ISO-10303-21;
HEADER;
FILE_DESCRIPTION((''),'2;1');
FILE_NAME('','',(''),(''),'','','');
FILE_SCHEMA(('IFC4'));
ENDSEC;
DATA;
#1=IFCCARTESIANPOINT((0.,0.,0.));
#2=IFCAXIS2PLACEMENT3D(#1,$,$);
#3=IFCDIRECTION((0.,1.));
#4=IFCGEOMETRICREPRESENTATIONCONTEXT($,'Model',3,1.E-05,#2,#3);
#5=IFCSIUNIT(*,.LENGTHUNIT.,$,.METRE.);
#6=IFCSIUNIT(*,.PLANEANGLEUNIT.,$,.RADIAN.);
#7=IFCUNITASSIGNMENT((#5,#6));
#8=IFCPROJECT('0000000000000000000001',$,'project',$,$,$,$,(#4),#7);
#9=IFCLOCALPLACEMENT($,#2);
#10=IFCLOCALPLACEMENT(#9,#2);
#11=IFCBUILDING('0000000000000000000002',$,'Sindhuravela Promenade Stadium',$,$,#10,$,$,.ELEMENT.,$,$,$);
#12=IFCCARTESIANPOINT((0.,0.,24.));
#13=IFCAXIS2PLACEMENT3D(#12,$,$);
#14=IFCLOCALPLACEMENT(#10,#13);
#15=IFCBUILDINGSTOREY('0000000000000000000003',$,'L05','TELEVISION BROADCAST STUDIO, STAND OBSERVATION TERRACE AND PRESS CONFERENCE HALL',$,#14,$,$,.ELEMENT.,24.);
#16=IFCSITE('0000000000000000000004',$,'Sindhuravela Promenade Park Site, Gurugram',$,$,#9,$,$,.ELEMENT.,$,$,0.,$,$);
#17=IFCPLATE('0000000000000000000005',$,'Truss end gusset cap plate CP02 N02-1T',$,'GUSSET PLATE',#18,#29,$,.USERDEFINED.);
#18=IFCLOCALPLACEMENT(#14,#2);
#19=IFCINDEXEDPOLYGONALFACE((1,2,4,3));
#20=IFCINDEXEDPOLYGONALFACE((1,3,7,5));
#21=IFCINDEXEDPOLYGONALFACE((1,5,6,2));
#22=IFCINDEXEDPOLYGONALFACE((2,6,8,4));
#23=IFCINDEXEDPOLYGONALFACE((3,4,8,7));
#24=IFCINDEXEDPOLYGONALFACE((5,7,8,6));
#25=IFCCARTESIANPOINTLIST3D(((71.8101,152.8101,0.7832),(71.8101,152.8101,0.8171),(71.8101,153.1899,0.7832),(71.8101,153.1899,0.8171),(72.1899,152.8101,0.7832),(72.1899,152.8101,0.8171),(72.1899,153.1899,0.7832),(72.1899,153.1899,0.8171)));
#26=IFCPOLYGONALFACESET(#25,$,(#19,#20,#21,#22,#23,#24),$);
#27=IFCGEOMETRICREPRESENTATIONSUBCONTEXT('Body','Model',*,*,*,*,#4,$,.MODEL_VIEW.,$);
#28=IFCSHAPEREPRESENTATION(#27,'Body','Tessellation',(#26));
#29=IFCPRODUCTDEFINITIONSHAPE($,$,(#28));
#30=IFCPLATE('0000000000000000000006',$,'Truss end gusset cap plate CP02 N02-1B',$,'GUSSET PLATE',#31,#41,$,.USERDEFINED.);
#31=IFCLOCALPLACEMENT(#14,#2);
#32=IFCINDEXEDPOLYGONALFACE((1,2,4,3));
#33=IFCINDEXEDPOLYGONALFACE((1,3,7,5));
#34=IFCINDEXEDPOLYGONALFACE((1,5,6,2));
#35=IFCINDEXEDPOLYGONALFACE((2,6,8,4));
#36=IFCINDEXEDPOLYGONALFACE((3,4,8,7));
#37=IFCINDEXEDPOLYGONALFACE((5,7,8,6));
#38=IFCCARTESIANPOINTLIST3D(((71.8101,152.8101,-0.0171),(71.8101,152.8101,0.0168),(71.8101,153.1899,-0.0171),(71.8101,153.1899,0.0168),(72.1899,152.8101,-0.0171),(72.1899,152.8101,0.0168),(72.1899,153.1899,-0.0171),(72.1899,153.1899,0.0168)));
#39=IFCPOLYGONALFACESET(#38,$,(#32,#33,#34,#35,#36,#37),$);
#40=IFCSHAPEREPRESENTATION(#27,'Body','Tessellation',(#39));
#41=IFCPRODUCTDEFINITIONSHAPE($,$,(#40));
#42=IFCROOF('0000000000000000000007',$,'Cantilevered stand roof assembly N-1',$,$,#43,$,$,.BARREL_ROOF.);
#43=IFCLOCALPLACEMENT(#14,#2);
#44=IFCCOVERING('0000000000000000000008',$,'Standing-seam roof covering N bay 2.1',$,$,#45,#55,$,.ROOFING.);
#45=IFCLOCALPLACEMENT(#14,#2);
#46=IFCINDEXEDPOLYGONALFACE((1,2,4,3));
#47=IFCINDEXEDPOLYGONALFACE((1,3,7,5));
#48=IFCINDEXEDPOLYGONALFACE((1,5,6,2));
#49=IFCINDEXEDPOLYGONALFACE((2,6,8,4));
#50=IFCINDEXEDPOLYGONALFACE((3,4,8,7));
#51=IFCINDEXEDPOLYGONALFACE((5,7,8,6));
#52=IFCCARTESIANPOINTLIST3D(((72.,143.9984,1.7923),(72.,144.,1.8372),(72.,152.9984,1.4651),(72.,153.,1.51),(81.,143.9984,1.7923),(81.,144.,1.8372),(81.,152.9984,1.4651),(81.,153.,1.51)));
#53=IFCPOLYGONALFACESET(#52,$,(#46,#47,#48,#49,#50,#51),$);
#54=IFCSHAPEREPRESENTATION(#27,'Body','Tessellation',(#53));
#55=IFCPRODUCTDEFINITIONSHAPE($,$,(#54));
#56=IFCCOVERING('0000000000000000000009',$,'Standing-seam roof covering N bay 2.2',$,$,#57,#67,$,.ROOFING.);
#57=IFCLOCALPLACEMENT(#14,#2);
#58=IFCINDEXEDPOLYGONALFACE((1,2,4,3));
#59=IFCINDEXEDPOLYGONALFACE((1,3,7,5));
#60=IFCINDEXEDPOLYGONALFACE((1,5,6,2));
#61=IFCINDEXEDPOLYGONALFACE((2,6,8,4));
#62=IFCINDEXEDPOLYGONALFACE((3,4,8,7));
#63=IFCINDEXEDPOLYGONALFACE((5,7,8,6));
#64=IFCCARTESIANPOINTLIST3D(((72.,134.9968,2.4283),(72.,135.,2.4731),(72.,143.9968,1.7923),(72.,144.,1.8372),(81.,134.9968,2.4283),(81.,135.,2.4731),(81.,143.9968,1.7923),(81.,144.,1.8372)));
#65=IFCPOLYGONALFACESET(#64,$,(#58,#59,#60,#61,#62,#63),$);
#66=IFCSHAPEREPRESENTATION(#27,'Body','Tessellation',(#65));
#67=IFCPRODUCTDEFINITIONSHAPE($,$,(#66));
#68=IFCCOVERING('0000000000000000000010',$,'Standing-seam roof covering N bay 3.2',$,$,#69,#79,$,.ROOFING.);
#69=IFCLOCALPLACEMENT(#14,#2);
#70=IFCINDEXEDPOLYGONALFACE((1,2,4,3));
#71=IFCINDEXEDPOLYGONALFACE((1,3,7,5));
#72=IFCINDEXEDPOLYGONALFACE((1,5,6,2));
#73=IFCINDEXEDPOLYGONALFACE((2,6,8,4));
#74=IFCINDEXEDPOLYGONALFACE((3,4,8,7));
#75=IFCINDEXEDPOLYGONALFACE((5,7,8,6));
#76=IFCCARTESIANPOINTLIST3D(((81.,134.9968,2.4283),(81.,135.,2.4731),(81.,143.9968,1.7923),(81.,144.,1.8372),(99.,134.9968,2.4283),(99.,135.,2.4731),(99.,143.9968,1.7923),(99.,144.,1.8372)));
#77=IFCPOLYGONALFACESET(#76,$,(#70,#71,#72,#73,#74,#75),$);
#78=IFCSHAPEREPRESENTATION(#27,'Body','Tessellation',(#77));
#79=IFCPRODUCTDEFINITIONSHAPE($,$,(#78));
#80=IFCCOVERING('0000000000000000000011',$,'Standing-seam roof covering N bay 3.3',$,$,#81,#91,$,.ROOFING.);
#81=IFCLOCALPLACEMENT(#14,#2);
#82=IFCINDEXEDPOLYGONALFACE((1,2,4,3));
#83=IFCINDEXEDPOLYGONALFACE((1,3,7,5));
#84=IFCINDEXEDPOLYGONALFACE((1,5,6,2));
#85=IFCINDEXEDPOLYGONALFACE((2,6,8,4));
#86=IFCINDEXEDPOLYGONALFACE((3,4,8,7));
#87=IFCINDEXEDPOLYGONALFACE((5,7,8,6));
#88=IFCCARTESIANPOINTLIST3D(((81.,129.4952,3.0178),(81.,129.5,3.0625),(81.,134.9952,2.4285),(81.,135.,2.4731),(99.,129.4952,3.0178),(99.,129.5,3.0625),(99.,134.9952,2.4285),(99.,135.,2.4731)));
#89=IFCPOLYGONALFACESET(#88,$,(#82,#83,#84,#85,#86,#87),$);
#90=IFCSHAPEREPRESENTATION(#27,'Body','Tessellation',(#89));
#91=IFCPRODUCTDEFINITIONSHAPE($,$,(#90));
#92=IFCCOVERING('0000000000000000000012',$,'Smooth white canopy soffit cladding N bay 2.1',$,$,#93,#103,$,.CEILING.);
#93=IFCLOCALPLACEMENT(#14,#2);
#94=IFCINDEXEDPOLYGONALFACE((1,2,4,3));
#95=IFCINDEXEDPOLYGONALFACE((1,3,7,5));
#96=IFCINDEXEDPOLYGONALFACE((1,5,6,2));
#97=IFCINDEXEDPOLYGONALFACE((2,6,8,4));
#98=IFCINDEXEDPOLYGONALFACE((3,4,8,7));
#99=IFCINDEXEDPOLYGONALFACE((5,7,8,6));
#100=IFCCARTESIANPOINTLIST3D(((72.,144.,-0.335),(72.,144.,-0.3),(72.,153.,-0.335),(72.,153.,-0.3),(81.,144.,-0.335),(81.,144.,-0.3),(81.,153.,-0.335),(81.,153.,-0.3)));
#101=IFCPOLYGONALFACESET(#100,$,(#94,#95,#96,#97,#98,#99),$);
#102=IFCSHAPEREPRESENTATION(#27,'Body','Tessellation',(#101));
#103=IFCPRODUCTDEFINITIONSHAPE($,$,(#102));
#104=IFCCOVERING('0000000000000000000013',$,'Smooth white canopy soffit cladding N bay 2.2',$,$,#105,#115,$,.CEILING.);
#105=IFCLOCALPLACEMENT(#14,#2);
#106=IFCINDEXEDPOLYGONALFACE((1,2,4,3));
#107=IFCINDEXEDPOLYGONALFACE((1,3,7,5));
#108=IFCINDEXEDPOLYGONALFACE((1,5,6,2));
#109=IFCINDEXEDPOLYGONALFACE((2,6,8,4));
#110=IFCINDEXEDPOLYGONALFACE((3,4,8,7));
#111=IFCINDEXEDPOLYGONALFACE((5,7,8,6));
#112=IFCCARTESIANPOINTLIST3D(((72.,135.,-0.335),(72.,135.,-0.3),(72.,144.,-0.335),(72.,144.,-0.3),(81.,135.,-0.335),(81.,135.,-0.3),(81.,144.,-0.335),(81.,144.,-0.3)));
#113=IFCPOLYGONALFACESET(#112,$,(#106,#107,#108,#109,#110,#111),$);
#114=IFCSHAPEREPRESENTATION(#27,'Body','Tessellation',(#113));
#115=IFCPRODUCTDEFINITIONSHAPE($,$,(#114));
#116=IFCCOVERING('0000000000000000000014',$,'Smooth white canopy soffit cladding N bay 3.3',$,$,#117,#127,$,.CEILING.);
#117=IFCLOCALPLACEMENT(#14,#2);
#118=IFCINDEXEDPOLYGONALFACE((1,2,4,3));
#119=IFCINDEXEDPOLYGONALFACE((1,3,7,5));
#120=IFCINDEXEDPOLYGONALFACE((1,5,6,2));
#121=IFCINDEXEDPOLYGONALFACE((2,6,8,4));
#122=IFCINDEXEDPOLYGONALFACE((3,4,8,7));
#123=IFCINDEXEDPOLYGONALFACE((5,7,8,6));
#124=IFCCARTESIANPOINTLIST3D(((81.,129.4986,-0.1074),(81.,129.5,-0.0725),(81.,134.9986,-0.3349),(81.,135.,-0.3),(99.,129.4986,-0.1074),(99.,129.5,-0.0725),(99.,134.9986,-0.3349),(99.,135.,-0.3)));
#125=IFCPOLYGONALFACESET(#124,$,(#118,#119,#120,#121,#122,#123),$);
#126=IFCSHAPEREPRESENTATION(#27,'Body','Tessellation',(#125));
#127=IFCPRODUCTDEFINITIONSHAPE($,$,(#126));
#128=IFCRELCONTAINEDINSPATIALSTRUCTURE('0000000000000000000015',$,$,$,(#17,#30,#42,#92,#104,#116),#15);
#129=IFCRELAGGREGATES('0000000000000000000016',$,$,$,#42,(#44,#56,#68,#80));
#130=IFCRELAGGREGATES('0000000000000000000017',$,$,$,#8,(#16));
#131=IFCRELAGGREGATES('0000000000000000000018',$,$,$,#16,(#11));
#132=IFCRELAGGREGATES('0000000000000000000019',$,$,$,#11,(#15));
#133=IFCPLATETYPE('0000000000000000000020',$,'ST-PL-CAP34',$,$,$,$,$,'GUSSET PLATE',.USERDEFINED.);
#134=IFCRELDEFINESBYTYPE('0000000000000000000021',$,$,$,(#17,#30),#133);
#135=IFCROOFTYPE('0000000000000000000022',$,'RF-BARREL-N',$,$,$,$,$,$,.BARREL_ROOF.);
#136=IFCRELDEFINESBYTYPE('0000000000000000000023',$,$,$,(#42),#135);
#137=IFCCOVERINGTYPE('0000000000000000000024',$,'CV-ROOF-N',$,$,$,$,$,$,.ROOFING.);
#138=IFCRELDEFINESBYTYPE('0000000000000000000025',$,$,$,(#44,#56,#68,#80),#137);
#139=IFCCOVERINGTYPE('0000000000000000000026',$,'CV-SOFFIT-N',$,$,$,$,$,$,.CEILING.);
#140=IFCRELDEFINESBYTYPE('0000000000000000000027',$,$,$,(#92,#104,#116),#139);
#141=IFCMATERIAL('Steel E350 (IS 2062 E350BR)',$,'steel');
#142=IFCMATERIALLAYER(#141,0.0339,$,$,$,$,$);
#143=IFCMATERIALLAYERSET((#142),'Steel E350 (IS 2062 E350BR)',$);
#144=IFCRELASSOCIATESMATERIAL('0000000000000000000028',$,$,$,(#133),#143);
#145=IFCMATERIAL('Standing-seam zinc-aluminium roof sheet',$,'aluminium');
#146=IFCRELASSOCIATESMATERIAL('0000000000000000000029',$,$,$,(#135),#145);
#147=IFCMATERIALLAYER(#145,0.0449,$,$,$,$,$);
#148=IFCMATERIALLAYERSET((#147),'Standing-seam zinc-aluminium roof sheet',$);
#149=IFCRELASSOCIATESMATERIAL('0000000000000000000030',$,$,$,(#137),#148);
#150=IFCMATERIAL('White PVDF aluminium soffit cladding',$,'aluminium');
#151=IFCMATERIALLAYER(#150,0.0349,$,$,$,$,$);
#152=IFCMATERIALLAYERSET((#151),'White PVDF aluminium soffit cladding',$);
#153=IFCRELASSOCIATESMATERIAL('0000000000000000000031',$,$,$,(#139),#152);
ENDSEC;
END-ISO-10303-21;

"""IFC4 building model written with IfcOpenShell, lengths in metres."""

from ifc_helpers import new_model, si_unit, direction, frame, origin, origin_2d, place, context, subcontext, project, spatial, polyline, rectangle, outline, extrude, material, layer, layer_set, type_object, element, aggregate, save


model = new_model("IFC4")

# Units and contexts
model_context = context("Model", 3, precision=1e-05, world=origin(), true_north=direction((0.0, 1.0)))
body_context = subcontext(model_context, "Body", "Model", "MODEL_VIEW")
ifc_project = project(units=[si_unit("LENGTHUNIT", "METRE"), si_unit("PLANEANGLEUNIT", "RADIAN")], contexts=[model_context])

# Site, building, storey
site_placement = place(None, origin())
site = spatial("IfcSite", under=ifc_project, at=site_placement, Name="Sindhuravela Promenade Park Site, Gurugram", CompositionType="ELEMENT", RefElevation=0.0)
building_placement = place(site_placement, origin())
building = spatial("IfcBuilding", under=site, at=building_placement, Name="Sindhuravela Promenade Stadium", CompositionType="ELEMENT")
storey_placement = place(building_placement, frame((0.0, 0.0, 24.0)))
storey = spatial("IfcBuildingStorey", under=building, at=storey_placement, Name="L05", Description="TELEVISION BROADCAST STUDIO, STAND OBSERVATION TERRACE AND PRESS CONFERENCE HALL", CompositionType="ELEMENT", Elevation=24.0)

# Shared definitions
ifc_material_1 = material(Name="Steel E350 (IS 2062 E350BR)", Category="steel")

# Plates
ifc_layer_1 = layer(ifc_material_1, 0.0339)
ifc_layer_set_1 = layer_set([ifc_layer_1], Name="Steel E350 (IS 2062 E350BR)")
plate_type_1 = type_object("IfcPlateType", Name="ST-PL-CAP34", ElementType="GUSSET PLATE", PredefinedType="USERDEFINED", material=ifc_layer_set_1)
for number, where, z_axis, x_axis, name in (
    (1, (72.0, 153.0, 0.7832), (0.0, 0.0, 1.0), (1.0, 0.0, 0.0), "Truss end gusset cap plate CP02 N02-1T"),
    (2, (72.0, 153.0, -0.0171), (0.0, 0.0, 1.0), (1.0, 0.0, 0.0), "Truss end gusset cap plate CP02 N02-1B"),
):
    element("IfcPlate", number, at=place(storey_placement, frame(where, z_axis=z_axis, x_axis=x_axis)), inside=storey, type_object=plate_type_1, Name=name, ObjectType="GUSSET PLATE", PredefinedType="USERDEFINED", context=body_context, shape_type="SweptSolid", body=[
        extrude(rectangle(XDim=0.3799, YDim=0.3799, at=origin_2d()), origin(), (0.0, 0.0, 1.0), 0.0339),
    ])

# Roof, coverings
ifc_material_2 = material(Name="Standing-seam zinc-aluminium roof sheet", Category="aluminium")
roof_type = type_object("IfcRoofType", Name="RF-BARREL-N", PredefinedType="BARREL_ROOF", material=ifc_material_2)
roof_placement = place(storey_placement, origin())
roof = element("IfcRoof", 3, at=roof_placement, inside=storey, type_object=roof_type, Name="Cantilevered stand roof assembly N-1", PredefinedType="BARREL_ROOF")
ifc_layer_2 = layer(ifc_material_2, 0.0449)
ifc_layer_set_2 = layer_set([ifc_layer_2], Name="Standing-seam zinc-aluminium roof sheet")
covering_type_1 = type_object("IfcCoveringType", Name="CV-ROOF-N", PredefinedType="ROOFING", material=ifc_layer_set_2)
covering_1_placement = place(storey_placement, frame((72.0, 153.0, 1.51), z_axis=(0.0, 0.036326, 0.99934), x_axis=(1.0, 0.0, 0.0)))
covering_1 = element("IfcCovering", 4, at=covering_1_placement, type_object=covering_type_1, Name="Standing-seam roof covering N bay 2.1", PredefinedType="ROOFING", context=body_context, shape_type="SweptSolid", body=[
    extrude(outline(polyline([(0.0, 0.0), (0.0, -9.0059), (9.0, -9.0059), (9.0, 0.0), (0.0, 0.0)])), origin(), (0.0, 0.0, -1.0), 0.0449),
])
covering_2_placement = place(storey_placement, frame((72.0, 144.0, 1.8372), z_axis=(0.0, 0.070489, 0.997513), x_axis=(1.0, 0.0, 0.0)))
covering_2 = element("IfcCovering", 5, at=covering_2_placement, type_object=covering_type_1, Name="Standing-seam roof covering N bay 2.2", PredefinedType="ROOFING", context=body_context, shape_type="SweptSolid", body=[
    extrude(outline(polyline([(0.0, 0.0), (0.0, -9.0224), (9.0, -9.0224), (9.0, 0.0), (0.0, 0.0)])), origin(), (0.0, 0.0, -1.0), 0.0449),
])
covering_3_placement = place(storey_placement, frame((81.0, 144.0, 1.8372), z_axis=(0.0, 0.070489, 0.997513), x_axis=(1.0, 0.0, 0.0)))
covering_3 = element("IfcCovering", 6, at=covering_3_placement, type_object=covering_type_1, Name="Standing-seam roof covering N bay 3.2", PredefinedType="ROOFING", context=body_context, shape_type="SweptSolid", body=[
    extrude(outline(polyline([(0.0, 0.0), (0.0, -9.0224), (18.0, -9.0224), (18.0, 0.0), (0.0, 0.0)])), origin(), (0.0, 0.0, -1.0), 0.0449),
])
covering_4_placement = place(storey_placement, frame((81.0, 135.0, 2.4731), z_axis=(0.0, 0.106546, 0.994308), x_axis=(1.0, 0.0, 0.0)))
covering_4 = element("IfcCovering", 7, at=covering_4_placement, type_object=covering_type_1, Name="Standing-seam roof covering N bay 3.3", PredefinedType="ROOFING", context=body_context, shape_type="SweptSolid", body=[
    extrude(outline(polyline([(0.0, 0.0), (0.0, -5.5315), (18.0, -5.5315), (18.0, 0.0), (0.0, 0.0)])), origin(), (0.0, 0.0, -1.0), 0.0449),
])
aggregate(roof, [covering_1, covering_2, covering_3, covering_4])

# Coverings
ifc_material_3 = material(Name="White PVDF aluminium soffit cladding", Category="aluminium")
ifc_layer_3 = layer(ifc_material_3, 0.0349)
ifc_layer_set_3 = layer_set([ifc_layer_3], Name="White PVDF aluminium soffit cladding")
covering_type_2 = type_object("IfcCoveringType", Name="CV-SOFFIT-N", PredefinedType="CEILING", material=ifc_layer_set_3)
for number, where, z_axis, x_axis, name in (
    (8, (72.0, 153.0, -0.3), (0.0, 0.0, 1.0), (1.0, 0.0, 0.0), "Smooth white canopy soffit cladding N bay 2.1"),
    (9, (72.0, 144.0, -0.3), (0.0, 0.0, 1.0), (1.0, 0.0, 0.0), "Smooth white canopy soffit cladding N bay 2.2"),
):
    element("IfcCovering", number, at=place(storey_placement, frame(where, z_axis=z_axis, x_axis=x_axis)), inside=storey, type_object=covering_type_2, Name=name, PredefinedType="CEILING", context=body_context, shape_type="SweptSolid", body=[
        extrude(outline(polyline([(0.0, 0.0), (0.0, -9.0), (9.0, -9.0), (9.0, 0.0), (0.0, 0.0)])), origin(), (0.0, 0.0, -1.0), 0.0349),
    ])
covering_5_placement = place(storey_placement, frame((81.0, 135.0, -0.3), z_axis=(0.0, 0.041335, 0.999145), x_axis=(1.0, 0.0, 0.0)))
element("IfcCovering", 10, at=covering_5_placement, inside=storey, type_object=covering_type_2, Name="Smooth white canopy soffit cladding N bay 3.3", PredefinedType="CEILING", context=body_context, shape_type="SweptSolid", body=[
    extrude(outline(polyline([(0.0, 0.0), (0.0, -5.5047), (18.0, -5.5047), (18.0, 0.0), (0.0, 0.0)])), origin(), (0.0, 0.0, -1.0), 0.0349),
])

save(model, "model.ifc")
